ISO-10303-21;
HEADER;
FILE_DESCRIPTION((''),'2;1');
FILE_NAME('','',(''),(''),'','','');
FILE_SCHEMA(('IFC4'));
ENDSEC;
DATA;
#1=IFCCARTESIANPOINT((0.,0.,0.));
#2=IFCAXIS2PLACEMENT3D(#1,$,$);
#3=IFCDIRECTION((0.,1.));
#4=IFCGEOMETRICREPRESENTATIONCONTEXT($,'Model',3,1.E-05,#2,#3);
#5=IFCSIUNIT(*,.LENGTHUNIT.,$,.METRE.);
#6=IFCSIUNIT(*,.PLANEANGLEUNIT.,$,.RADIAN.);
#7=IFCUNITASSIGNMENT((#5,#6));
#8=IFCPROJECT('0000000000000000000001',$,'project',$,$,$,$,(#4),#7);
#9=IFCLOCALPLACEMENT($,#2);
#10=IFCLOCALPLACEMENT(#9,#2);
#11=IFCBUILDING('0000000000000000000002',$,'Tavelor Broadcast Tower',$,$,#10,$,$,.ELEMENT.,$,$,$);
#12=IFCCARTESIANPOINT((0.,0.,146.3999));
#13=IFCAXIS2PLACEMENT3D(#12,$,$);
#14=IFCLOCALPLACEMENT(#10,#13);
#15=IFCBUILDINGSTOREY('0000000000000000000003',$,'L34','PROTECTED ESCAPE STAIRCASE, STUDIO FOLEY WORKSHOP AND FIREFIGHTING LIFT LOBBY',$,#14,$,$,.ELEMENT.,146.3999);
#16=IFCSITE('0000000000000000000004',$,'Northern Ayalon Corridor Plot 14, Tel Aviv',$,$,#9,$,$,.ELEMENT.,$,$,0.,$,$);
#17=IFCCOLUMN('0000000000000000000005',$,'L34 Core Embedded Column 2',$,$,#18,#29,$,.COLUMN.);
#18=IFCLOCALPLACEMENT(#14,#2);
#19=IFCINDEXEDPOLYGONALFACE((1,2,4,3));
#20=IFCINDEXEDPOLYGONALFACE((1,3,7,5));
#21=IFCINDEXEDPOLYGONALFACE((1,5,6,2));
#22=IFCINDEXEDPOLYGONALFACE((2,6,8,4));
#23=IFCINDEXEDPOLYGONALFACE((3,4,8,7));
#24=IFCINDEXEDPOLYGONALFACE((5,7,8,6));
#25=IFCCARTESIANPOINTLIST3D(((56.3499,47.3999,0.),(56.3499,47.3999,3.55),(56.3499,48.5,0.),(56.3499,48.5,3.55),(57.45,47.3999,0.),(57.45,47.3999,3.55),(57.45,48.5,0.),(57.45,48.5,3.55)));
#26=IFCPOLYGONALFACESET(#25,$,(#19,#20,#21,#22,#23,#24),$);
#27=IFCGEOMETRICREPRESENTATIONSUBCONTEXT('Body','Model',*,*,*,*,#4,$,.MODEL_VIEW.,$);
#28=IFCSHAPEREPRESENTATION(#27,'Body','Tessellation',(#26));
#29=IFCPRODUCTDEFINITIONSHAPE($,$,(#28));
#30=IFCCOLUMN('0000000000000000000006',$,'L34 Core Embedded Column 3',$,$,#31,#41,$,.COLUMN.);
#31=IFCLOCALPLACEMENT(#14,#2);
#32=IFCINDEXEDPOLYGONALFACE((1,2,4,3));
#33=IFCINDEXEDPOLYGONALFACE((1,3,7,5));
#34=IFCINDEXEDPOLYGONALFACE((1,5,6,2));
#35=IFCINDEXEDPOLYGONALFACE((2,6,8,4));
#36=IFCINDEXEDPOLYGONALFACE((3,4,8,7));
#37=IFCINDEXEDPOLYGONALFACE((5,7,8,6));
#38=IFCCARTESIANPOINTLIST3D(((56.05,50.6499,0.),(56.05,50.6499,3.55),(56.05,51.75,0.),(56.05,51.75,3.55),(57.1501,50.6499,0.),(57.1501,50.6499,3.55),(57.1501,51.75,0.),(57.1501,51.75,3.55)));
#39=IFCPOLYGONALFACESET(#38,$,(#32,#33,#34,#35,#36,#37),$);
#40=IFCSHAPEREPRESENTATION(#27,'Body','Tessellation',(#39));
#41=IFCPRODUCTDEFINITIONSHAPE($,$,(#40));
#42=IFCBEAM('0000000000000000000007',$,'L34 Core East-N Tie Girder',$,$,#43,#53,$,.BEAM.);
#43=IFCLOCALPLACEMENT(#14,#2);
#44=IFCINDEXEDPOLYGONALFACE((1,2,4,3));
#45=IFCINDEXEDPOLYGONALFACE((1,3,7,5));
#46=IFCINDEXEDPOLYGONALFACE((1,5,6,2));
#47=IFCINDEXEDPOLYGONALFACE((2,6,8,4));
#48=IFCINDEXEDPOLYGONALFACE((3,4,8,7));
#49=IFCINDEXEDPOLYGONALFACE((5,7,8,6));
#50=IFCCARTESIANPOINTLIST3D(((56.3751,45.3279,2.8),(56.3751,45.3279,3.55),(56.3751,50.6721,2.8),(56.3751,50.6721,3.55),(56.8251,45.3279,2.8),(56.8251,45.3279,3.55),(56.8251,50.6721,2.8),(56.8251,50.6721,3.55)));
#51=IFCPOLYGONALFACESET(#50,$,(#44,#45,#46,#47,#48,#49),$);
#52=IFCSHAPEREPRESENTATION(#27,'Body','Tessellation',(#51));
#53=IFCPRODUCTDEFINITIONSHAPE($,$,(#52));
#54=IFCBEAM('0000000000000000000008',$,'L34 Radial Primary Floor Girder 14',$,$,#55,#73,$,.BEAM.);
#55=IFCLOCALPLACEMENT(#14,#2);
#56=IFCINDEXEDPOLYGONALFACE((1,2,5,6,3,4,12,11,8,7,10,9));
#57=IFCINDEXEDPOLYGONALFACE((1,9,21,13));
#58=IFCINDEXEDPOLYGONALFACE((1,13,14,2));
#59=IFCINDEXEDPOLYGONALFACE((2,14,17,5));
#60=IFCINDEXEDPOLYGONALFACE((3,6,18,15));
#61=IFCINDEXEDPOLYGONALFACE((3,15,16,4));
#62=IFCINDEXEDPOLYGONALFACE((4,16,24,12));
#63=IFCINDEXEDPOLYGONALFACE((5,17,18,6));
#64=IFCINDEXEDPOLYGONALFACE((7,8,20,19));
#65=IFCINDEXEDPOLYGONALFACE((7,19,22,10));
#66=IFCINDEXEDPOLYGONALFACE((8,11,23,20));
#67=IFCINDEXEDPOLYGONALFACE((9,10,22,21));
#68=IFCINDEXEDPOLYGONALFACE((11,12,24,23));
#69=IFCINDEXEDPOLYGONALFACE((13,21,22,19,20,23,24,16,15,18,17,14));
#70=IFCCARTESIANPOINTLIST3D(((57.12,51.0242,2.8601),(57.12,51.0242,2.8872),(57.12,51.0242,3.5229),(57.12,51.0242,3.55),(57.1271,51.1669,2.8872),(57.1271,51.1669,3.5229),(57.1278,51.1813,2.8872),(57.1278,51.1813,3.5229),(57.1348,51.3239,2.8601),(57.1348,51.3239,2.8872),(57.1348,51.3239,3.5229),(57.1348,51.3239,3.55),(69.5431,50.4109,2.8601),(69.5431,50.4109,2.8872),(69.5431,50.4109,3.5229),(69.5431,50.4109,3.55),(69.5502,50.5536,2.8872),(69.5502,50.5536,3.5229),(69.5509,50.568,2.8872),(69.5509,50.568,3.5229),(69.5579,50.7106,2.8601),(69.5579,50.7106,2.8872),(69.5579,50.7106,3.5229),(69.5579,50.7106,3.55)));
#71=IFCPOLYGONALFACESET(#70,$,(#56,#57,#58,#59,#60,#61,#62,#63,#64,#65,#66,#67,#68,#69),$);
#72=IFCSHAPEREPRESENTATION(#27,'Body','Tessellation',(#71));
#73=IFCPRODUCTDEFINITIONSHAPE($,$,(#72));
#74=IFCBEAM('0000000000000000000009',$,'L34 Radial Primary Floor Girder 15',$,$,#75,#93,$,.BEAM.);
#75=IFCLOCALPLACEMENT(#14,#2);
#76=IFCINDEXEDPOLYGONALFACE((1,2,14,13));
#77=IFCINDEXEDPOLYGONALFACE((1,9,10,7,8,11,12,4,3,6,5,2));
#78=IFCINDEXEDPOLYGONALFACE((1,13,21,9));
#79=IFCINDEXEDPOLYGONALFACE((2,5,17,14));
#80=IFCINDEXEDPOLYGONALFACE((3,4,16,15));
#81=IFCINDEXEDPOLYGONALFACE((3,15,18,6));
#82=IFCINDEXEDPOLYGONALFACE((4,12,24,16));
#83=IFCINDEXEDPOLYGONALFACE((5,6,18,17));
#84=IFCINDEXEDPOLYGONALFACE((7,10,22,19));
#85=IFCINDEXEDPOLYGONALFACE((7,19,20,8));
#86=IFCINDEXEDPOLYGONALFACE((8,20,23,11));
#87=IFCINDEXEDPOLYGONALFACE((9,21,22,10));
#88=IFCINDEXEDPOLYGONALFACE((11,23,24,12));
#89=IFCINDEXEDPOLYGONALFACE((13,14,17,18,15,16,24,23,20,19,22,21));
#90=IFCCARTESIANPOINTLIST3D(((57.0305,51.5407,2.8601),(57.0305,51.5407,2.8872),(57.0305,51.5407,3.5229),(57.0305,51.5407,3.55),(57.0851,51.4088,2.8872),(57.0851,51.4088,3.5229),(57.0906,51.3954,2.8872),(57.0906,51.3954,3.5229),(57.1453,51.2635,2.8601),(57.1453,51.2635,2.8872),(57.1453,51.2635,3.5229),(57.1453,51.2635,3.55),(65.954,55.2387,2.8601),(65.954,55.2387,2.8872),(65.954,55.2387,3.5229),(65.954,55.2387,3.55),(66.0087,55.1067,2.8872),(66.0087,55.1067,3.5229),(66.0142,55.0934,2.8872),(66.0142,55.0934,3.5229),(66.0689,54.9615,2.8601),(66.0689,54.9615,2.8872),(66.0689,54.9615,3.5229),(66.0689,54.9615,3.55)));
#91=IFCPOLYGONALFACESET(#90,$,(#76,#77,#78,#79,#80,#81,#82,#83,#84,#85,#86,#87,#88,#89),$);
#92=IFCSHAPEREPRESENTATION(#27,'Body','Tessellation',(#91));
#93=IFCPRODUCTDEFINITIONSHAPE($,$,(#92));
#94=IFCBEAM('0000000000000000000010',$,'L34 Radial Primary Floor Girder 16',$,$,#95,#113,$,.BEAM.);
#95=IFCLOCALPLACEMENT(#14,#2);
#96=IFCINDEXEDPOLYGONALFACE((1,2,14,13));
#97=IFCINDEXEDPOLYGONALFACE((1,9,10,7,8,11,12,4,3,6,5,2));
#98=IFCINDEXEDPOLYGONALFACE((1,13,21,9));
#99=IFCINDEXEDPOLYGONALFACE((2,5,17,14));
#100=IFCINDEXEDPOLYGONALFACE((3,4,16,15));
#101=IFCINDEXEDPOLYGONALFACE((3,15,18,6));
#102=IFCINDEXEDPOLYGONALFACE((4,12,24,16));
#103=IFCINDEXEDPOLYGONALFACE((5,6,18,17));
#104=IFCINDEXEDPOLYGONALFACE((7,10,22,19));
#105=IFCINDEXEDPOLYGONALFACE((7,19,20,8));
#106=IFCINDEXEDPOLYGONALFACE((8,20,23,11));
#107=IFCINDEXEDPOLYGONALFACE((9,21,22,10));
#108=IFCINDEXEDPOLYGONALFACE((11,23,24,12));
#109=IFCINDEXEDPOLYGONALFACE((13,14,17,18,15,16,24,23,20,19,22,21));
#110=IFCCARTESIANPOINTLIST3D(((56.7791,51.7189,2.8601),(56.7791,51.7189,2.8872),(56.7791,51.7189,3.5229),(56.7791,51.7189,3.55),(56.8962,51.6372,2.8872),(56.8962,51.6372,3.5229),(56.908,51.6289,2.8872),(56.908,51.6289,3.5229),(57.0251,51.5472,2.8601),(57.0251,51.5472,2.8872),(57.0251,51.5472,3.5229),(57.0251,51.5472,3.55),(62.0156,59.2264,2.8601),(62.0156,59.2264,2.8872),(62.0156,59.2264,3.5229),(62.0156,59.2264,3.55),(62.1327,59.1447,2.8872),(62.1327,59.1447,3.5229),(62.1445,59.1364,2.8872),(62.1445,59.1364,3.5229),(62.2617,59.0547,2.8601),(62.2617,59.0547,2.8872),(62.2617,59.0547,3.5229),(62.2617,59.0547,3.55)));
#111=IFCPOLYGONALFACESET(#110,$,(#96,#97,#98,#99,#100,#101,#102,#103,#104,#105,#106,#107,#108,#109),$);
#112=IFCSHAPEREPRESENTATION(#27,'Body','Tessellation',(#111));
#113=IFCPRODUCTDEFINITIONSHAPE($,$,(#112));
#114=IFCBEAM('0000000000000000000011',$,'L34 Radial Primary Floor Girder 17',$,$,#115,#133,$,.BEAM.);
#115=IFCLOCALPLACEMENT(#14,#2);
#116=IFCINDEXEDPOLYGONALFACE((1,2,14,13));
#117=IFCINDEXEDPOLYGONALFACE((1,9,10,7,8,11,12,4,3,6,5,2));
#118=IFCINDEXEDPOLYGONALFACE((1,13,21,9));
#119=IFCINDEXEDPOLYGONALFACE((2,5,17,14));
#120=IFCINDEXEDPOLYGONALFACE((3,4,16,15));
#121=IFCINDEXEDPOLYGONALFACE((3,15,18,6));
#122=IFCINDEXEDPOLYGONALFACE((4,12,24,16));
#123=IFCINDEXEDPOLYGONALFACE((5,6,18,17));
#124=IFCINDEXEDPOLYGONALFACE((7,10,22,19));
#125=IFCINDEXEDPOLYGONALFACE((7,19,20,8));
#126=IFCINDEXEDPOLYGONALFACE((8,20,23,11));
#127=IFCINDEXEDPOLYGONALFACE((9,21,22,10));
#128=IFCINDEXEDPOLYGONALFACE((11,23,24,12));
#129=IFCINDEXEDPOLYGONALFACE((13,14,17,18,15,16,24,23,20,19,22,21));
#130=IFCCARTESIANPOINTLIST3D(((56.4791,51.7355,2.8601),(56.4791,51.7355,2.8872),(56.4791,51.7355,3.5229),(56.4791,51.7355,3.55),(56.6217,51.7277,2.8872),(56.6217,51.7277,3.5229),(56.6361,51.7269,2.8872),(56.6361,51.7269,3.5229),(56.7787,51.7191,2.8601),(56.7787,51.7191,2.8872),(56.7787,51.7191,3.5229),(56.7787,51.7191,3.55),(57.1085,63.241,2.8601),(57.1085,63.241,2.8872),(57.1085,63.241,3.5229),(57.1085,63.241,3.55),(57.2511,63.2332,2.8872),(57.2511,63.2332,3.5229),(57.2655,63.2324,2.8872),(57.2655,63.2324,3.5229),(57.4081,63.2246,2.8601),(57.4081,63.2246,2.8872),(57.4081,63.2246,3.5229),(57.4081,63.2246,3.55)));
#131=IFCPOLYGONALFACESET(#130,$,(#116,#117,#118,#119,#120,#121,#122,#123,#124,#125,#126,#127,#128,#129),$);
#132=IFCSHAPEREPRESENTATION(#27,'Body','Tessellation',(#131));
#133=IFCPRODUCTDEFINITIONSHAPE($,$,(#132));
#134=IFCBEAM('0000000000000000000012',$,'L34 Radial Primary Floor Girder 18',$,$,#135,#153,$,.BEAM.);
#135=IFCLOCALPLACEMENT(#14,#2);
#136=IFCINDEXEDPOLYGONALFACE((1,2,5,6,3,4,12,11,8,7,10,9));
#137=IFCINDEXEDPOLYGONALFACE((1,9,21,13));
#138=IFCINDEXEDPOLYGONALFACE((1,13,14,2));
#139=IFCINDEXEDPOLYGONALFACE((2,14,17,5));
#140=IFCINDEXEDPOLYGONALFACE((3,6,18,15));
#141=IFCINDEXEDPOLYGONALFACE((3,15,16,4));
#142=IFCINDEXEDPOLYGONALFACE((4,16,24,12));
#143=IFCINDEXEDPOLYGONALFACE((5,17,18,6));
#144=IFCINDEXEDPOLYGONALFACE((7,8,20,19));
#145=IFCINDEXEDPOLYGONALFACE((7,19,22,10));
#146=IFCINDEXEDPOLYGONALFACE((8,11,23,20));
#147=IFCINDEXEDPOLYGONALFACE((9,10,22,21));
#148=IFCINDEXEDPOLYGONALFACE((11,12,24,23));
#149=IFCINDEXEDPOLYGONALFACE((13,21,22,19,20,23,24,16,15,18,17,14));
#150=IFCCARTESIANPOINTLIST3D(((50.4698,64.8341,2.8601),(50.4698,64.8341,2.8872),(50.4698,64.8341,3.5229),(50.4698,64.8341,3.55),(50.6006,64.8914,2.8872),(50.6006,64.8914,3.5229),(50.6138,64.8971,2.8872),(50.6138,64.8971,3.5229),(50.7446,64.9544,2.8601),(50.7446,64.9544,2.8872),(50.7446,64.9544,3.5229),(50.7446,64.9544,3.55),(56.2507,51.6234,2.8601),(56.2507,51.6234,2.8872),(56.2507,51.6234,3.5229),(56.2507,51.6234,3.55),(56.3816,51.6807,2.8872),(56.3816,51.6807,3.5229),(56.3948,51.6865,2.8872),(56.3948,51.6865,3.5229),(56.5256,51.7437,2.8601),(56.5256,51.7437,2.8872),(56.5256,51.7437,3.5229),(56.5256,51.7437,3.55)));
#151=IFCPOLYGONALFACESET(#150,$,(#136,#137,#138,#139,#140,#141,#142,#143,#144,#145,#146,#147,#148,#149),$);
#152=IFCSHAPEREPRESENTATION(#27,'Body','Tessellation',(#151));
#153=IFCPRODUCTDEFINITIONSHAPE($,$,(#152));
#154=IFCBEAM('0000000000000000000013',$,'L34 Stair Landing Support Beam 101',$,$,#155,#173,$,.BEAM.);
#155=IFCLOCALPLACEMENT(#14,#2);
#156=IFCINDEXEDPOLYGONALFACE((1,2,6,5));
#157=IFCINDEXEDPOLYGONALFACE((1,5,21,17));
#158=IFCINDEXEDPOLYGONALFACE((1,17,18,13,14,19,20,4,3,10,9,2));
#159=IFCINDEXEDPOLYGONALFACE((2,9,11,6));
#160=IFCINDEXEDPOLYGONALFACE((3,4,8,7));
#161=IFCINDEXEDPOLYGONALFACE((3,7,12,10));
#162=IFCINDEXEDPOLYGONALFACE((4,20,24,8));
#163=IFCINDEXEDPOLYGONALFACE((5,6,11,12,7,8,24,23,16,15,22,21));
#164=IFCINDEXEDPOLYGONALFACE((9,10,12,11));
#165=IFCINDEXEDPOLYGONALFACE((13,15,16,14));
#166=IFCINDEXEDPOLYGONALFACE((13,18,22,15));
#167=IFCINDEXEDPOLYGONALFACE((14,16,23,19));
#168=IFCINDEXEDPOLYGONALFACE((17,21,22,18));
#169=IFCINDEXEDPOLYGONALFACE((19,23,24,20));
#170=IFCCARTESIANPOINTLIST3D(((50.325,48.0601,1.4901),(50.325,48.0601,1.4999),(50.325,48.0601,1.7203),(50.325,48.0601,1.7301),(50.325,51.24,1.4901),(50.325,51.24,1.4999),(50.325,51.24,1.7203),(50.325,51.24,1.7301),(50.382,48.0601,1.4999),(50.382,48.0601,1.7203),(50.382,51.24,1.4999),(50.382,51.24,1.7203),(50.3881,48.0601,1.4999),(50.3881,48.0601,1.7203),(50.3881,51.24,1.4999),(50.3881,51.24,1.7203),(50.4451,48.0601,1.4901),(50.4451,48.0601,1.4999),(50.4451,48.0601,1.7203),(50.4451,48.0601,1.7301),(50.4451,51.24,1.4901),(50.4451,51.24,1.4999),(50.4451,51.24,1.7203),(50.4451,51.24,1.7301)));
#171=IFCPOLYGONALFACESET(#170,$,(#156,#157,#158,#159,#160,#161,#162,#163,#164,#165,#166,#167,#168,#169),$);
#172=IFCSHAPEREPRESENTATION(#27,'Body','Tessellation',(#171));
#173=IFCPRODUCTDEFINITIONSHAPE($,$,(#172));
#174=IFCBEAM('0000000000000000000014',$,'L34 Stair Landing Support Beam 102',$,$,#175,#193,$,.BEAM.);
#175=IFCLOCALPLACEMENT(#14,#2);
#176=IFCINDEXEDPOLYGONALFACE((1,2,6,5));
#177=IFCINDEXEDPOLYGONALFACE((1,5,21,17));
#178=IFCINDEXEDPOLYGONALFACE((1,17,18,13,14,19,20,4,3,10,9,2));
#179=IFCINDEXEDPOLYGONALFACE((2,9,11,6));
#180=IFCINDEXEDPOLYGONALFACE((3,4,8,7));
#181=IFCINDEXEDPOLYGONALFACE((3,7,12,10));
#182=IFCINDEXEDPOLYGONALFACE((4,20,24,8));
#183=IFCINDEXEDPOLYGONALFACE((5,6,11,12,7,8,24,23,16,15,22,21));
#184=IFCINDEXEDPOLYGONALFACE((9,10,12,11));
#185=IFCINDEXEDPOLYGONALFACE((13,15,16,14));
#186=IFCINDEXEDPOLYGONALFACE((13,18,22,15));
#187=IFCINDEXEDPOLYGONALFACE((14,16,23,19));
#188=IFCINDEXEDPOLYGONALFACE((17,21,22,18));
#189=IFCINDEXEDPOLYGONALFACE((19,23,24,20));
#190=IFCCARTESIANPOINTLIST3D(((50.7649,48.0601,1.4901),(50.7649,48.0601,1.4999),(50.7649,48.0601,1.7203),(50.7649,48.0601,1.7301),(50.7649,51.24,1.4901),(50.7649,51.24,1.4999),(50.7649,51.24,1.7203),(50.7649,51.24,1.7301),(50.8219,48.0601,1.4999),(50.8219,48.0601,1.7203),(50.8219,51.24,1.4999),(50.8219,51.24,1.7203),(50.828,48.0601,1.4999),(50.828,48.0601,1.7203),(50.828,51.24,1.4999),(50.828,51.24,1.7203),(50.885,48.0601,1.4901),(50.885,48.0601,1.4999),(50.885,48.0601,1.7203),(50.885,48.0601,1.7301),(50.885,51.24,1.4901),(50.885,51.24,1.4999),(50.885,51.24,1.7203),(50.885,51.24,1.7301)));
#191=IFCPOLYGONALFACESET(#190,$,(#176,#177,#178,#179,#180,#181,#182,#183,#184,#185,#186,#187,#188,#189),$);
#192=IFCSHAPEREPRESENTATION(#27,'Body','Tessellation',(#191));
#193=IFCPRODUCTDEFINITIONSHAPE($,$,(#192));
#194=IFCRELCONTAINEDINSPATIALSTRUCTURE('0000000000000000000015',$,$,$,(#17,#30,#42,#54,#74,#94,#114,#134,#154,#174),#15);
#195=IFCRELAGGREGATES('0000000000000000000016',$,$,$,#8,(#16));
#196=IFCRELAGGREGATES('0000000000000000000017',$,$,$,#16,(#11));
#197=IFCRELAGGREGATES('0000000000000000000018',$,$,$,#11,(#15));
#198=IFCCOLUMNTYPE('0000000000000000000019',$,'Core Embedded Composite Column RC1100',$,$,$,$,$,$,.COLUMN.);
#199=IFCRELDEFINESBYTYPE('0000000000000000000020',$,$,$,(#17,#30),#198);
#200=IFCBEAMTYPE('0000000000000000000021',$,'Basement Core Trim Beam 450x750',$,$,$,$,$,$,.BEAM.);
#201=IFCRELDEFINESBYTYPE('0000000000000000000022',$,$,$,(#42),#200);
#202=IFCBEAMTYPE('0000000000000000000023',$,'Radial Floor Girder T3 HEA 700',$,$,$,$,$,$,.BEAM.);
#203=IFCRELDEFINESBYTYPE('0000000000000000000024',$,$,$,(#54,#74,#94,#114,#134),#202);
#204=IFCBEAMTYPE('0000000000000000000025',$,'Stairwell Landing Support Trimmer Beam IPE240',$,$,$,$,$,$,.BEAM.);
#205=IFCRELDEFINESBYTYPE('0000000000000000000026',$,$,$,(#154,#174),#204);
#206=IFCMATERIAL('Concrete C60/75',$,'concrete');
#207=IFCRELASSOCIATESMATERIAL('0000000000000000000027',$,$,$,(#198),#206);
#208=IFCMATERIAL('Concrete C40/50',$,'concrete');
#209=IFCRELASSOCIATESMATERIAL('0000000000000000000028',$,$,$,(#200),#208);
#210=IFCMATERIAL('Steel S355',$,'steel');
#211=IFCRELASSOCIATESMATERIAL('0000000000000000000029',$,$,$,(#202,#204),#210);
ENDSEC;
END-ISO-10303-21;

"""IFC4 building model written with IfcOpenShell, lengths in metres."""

from ifc_helpers import new_model, si_unit, direction, frame, origin, origin_2d, place, context, subcontext, project, spatial, rectangle, i_section, extrude, material, material_profile, profile_set, type_object, element, save


model = new_model("IFC4")

# Units and contexts
model_context = context("Model", 3, precision=1e-05, world=origin(), true_north=direction((0.0, 1.0)))
body_context = subcontext(model_context, "Body", "Model", "MODEL_VIEW")
ifc_project = project(units=[si_unit("LENGTHUNIT", "METRE"), si_unit("PLANEANGLEUNIT", "RADIAN")], contexts=[model_context])

# Site, building, storey
site_placement = place(None, origin())
site = spatial("IfcSite", under=ifc_project, at=site_placement, Name="Northern Ayalon Corridor Plot 14, Tel Aviv", CompositionType="ELEMENT", RefElevation=0.0)
building_placement = place(site_placement, origin())
building = spatial("IfcBuilding", under=site, at=building_placement, Name="Tavelor Broadcast Tower", CompositionType="ELEMENT")
storey_placement = place(building_placement, frame((0.0, 0.0, 146.3999)))
storey = spatial("IfcBuildingStorey", under=building, at=storey_placement, Name="L34", Description="PROTECTED ESCAPE STAIRCASE, STUDIO FOLEY WORKSHOP AND FIREFIGHTING LIFT LOBBY", CompositionType="ELEMENT", Elevation=146.3999)

# Columns
ifc_material_1 = material(Name="Concrete C60/75", Category="concrete")
ifc_material_profile_1 = material_profile(ifc_material_1, rectangle(XDim=1.1001, YDim=1.1001, at=origin_2d()), Name="RC 1100x1100")
ifc_profile_set_1 = profile_set([ifc_material_profile_1], Name="Concrete C60/75")
column_type = type_object("IfcColumnType", Name="Core Embedded Composite Column RC1100", PredefinedType="COLUMN", material=ifc_profile_set_1)
for number, where, z_axis, x_axis, name in (
    (1, (56.8999, 47.95, 0.0), (0.0, 0.0, 1.0), (1.0, 0.0, 0.0), "L34 Core Embedded Column 2"),
    (2, (56.6001, 51.2, 0.0), (0.0, 0.0, 1.0), (1.0, 0.0, 0.0), "L34 Core Embedded Column 3"),
):
    element("IfcColumn", number, at=place(storey_placement, frame(where, z_axis=z_axis, x_axis=x_axis)), inside=storey, type_object=column_type, Name=name, PredefinedType="COLUMN", context=body_context, shape_type="SweptSolid", body=[
        extrude(rectangle(XDim=1.1001, YDim=1.1001, at=origin_2d()), origin(), (0.0, 0.0, 1.0), 3.55),
    ])

# Beams
ifc_material_2 = material(Name="Concrete C40/50", Category="concrete")
ifc_material_profile_2 = material_profile(ifc_material_2, rectangle(XDim=0.45, YDim=0.75, at=origin_2d()), Name="RC 450x750")
ifc_profile_set_2 = profile_set([ifc_material_profile_2], Name="Concrete C40/50")
beam_type_1 = type_object("IfcBeamType", Name="Basement Core Trim Beam 450x750", PredefinedType="BEAM", material=ifc_profile_set_2)
beam_1_placement = place(storey_placement, frame((56.6001, 45.3279, 3.175), z_axis=(0.0, 1.0, 0.0), x_axis=(-1.0, 0.0, 0.0)))
element("IfcBeam", 3, at=beam_1_placement, inside=storey, type_object=beam_type_1, Name="L34 Core East-N Tie Girder", PredefinedType="BEAM", context=body_context, shape_type="SweptSolid", body=[
    extrude(rectangle(XDim=0.45, YDim=0.75, at=origin_2d()), origin(), (0.0, 0.0, 1.0), 5.3442),
])
ifc_material_3 = material(Name="Steel S355", Category="steel")
ifc_material_profile_3 = material_profile(ifc_material_3, i_section(OverallWidth=0.3, OverallDepth=0.6899, WebThickness=0.0144, FlangeThickness=0.0271, at=origin_2d()), Name="HEA 700")
ifc_profile_set_3 = profile_set([ifc_material_profile_3], Name="Steel S355")
beam_type_2 = type_object("IfcBeamType", Name="Radial Floor Girder T3 HEA 700", PredefinedType="BEAM", material=ifc_profile_set_3)
beam_2_placement = place(storey_placement, frame((57.1274, 51.1741, 3.2051), z_axis=(0.998784, -0.049306, 0.0), x_axis=(0.049306, 0.998784, 0.0)))
element("IfcBeam", 4, at=beam_2_placement, inside=storey, type_object=beam_type_2, Name="L34 Radial Primary Floor Girder 14", PredefinedType="BEAM", context=body_context, shape_type="SweptSolid", body=[
    extrude(i_section(OverallWidth=0.3, OverallDepth=0.6899, WebThickness=0.0144, FlangeThickness=0.0271, at=origin_2d()), origin(), (0.0, 0.0, 1.0), 12.4382),
])
beam_3_placement = place(storey_placement, frame((57.0879, 51.4021, 3.2051), z_axis=(0.923816, 0.382836, 0.0), x_axis=(-0.382836, 0.923816, 0.0)))
element("IfcBeam", 5, at=beam_3_placement, inside=storey, type_object=beam_type_2, Name="L34 Radial Primary Floor Girder 15", PredefinedType="BEAM", context=body_context, shape_type="SweptSolid", body=[
    extrude(i_section(OverallWidth=0.3, OverallDepth=0.6899, WebThickness=0.0144, FlangeThickness=0.0271, at=origin_2d()), origin(), (0.0, 0.0, 1.0), 9.6594),
])
beam_4_placement = place(storey_placement, frame((56.9021, 51.6331, 3.2051), z_axis=(0.572089, 0.820192, 0.0), x_axis=(-0.820192, 0.572089, 0.0)))
element("IfcBeam", 6, at=beam_4_placement, inside=storey, type_object=beam_type_2, Name="L34 Radial Primary Floor Girder 16", PredefinedType="BEAM", context=body_context, shape_type="SweptSolid", body=[
    extrude(i_section(OverallWidth=0.3, OverallDepth=0.6899, WebThickness=0.0144, FlangeThickness=0.0271, at=origin_2d()), origin(), (0.0, 0.0, 1.0), 9.1533),
])
beam_5_placement = place(storey_placement, frame((56.6289, 51.7273, 3.2051), z_axis=(0.054622, 0.998507, 0.0), x_axis=(-0.998507, 0.054622, 0.0)))
element("IfcBeam", 7, at=beam_5_placement, inside=storey, type_object=beam_type_2, Name="L34 Radial Primary Floor Girder 17", PredefinedType="BEAM", context=body_context, shape_type="SweptSolid", body=[
    extrude(i_section(OverallWidth=0.3, OverallDepth=0.6899, WebThickness=0.0144, FlangeThickness=0.0271, at=origin_2d()), origin(), (0.0, 0.0, 1.0), 11.5227),
])
beam_6_placement = place(storey_placement, frame((56.3882, 51.6836, 3.2051), z_axis=(-0.400896, 0.916124, 0.0), x_axis=(-0.916124, -0.400896, 0.0)))
element("IfcBeam", 8, at=beam_6_placement, inside=storey, type_object=beam_type_2, Name="L34 Radial Primary Floor Girder 18", PredefinedType="BEAM", context=body_context, shape_type="SweptSolid", body=[
    extrude(i_section(OverallWidth=0.3, OverallDepth=0.6899, WebThickness=0.0144, FlangeThickness=0.0271, at=origin_2d()), origin(), (0.0, 0.0, 1.0), 14.4202),
])
ifc_material_profile_4 = material_profile(ifc_material_3, i_section(OverallWidth=0.1201, OverallDepth=0.24, WebThickness=0.0061, FlangeThickness=0.0098, at=origin_2d()), Name="IPE 240")
ifc_profile_set_4 = profile_set([ifc_material_profile_4], Name="Steel S355")
beam_type_3 = type_object("IfcBeamType", Name="Stairwell Landing Support Trimmer Beam IPE240", PredefinedType="BEAM", material=ifc_profile_set_4)
for number, where, z_axis, x_axis, name in (
    (9, (50.385, 48.0601, 1.6101), (0.0, 1.0, 0.0), (-1.0, 0.0, 0.0), "L34 Stair Landing Support Beam 101"),
    (10, (50.825, 48.0601, 1.6101), (0.0, 1.0, 0.0), (-1.0, 0.0, 0.0), "L34 Stair Landing Support Beam 102"),
):
    element("IfcBeam", number, at=place(storey_placement, frame(where, z_axis=z_axis, x_axis=x_axis)), inside=storey, type_object=beam_type_3, Name=name, PredefinedType="BEAM", context=body_context, shape_type="SweptSolid", body=[
        extrude(i_section(OverallWidth=0.1201, OverallDepth=0.24, WebThickness=0.0061, FlangeThickness=0.0098, at=origin_2d()), origin(), (0.0, 0.0, 1.0), 3.1799),
    ])

save(model, "model.ifc")
